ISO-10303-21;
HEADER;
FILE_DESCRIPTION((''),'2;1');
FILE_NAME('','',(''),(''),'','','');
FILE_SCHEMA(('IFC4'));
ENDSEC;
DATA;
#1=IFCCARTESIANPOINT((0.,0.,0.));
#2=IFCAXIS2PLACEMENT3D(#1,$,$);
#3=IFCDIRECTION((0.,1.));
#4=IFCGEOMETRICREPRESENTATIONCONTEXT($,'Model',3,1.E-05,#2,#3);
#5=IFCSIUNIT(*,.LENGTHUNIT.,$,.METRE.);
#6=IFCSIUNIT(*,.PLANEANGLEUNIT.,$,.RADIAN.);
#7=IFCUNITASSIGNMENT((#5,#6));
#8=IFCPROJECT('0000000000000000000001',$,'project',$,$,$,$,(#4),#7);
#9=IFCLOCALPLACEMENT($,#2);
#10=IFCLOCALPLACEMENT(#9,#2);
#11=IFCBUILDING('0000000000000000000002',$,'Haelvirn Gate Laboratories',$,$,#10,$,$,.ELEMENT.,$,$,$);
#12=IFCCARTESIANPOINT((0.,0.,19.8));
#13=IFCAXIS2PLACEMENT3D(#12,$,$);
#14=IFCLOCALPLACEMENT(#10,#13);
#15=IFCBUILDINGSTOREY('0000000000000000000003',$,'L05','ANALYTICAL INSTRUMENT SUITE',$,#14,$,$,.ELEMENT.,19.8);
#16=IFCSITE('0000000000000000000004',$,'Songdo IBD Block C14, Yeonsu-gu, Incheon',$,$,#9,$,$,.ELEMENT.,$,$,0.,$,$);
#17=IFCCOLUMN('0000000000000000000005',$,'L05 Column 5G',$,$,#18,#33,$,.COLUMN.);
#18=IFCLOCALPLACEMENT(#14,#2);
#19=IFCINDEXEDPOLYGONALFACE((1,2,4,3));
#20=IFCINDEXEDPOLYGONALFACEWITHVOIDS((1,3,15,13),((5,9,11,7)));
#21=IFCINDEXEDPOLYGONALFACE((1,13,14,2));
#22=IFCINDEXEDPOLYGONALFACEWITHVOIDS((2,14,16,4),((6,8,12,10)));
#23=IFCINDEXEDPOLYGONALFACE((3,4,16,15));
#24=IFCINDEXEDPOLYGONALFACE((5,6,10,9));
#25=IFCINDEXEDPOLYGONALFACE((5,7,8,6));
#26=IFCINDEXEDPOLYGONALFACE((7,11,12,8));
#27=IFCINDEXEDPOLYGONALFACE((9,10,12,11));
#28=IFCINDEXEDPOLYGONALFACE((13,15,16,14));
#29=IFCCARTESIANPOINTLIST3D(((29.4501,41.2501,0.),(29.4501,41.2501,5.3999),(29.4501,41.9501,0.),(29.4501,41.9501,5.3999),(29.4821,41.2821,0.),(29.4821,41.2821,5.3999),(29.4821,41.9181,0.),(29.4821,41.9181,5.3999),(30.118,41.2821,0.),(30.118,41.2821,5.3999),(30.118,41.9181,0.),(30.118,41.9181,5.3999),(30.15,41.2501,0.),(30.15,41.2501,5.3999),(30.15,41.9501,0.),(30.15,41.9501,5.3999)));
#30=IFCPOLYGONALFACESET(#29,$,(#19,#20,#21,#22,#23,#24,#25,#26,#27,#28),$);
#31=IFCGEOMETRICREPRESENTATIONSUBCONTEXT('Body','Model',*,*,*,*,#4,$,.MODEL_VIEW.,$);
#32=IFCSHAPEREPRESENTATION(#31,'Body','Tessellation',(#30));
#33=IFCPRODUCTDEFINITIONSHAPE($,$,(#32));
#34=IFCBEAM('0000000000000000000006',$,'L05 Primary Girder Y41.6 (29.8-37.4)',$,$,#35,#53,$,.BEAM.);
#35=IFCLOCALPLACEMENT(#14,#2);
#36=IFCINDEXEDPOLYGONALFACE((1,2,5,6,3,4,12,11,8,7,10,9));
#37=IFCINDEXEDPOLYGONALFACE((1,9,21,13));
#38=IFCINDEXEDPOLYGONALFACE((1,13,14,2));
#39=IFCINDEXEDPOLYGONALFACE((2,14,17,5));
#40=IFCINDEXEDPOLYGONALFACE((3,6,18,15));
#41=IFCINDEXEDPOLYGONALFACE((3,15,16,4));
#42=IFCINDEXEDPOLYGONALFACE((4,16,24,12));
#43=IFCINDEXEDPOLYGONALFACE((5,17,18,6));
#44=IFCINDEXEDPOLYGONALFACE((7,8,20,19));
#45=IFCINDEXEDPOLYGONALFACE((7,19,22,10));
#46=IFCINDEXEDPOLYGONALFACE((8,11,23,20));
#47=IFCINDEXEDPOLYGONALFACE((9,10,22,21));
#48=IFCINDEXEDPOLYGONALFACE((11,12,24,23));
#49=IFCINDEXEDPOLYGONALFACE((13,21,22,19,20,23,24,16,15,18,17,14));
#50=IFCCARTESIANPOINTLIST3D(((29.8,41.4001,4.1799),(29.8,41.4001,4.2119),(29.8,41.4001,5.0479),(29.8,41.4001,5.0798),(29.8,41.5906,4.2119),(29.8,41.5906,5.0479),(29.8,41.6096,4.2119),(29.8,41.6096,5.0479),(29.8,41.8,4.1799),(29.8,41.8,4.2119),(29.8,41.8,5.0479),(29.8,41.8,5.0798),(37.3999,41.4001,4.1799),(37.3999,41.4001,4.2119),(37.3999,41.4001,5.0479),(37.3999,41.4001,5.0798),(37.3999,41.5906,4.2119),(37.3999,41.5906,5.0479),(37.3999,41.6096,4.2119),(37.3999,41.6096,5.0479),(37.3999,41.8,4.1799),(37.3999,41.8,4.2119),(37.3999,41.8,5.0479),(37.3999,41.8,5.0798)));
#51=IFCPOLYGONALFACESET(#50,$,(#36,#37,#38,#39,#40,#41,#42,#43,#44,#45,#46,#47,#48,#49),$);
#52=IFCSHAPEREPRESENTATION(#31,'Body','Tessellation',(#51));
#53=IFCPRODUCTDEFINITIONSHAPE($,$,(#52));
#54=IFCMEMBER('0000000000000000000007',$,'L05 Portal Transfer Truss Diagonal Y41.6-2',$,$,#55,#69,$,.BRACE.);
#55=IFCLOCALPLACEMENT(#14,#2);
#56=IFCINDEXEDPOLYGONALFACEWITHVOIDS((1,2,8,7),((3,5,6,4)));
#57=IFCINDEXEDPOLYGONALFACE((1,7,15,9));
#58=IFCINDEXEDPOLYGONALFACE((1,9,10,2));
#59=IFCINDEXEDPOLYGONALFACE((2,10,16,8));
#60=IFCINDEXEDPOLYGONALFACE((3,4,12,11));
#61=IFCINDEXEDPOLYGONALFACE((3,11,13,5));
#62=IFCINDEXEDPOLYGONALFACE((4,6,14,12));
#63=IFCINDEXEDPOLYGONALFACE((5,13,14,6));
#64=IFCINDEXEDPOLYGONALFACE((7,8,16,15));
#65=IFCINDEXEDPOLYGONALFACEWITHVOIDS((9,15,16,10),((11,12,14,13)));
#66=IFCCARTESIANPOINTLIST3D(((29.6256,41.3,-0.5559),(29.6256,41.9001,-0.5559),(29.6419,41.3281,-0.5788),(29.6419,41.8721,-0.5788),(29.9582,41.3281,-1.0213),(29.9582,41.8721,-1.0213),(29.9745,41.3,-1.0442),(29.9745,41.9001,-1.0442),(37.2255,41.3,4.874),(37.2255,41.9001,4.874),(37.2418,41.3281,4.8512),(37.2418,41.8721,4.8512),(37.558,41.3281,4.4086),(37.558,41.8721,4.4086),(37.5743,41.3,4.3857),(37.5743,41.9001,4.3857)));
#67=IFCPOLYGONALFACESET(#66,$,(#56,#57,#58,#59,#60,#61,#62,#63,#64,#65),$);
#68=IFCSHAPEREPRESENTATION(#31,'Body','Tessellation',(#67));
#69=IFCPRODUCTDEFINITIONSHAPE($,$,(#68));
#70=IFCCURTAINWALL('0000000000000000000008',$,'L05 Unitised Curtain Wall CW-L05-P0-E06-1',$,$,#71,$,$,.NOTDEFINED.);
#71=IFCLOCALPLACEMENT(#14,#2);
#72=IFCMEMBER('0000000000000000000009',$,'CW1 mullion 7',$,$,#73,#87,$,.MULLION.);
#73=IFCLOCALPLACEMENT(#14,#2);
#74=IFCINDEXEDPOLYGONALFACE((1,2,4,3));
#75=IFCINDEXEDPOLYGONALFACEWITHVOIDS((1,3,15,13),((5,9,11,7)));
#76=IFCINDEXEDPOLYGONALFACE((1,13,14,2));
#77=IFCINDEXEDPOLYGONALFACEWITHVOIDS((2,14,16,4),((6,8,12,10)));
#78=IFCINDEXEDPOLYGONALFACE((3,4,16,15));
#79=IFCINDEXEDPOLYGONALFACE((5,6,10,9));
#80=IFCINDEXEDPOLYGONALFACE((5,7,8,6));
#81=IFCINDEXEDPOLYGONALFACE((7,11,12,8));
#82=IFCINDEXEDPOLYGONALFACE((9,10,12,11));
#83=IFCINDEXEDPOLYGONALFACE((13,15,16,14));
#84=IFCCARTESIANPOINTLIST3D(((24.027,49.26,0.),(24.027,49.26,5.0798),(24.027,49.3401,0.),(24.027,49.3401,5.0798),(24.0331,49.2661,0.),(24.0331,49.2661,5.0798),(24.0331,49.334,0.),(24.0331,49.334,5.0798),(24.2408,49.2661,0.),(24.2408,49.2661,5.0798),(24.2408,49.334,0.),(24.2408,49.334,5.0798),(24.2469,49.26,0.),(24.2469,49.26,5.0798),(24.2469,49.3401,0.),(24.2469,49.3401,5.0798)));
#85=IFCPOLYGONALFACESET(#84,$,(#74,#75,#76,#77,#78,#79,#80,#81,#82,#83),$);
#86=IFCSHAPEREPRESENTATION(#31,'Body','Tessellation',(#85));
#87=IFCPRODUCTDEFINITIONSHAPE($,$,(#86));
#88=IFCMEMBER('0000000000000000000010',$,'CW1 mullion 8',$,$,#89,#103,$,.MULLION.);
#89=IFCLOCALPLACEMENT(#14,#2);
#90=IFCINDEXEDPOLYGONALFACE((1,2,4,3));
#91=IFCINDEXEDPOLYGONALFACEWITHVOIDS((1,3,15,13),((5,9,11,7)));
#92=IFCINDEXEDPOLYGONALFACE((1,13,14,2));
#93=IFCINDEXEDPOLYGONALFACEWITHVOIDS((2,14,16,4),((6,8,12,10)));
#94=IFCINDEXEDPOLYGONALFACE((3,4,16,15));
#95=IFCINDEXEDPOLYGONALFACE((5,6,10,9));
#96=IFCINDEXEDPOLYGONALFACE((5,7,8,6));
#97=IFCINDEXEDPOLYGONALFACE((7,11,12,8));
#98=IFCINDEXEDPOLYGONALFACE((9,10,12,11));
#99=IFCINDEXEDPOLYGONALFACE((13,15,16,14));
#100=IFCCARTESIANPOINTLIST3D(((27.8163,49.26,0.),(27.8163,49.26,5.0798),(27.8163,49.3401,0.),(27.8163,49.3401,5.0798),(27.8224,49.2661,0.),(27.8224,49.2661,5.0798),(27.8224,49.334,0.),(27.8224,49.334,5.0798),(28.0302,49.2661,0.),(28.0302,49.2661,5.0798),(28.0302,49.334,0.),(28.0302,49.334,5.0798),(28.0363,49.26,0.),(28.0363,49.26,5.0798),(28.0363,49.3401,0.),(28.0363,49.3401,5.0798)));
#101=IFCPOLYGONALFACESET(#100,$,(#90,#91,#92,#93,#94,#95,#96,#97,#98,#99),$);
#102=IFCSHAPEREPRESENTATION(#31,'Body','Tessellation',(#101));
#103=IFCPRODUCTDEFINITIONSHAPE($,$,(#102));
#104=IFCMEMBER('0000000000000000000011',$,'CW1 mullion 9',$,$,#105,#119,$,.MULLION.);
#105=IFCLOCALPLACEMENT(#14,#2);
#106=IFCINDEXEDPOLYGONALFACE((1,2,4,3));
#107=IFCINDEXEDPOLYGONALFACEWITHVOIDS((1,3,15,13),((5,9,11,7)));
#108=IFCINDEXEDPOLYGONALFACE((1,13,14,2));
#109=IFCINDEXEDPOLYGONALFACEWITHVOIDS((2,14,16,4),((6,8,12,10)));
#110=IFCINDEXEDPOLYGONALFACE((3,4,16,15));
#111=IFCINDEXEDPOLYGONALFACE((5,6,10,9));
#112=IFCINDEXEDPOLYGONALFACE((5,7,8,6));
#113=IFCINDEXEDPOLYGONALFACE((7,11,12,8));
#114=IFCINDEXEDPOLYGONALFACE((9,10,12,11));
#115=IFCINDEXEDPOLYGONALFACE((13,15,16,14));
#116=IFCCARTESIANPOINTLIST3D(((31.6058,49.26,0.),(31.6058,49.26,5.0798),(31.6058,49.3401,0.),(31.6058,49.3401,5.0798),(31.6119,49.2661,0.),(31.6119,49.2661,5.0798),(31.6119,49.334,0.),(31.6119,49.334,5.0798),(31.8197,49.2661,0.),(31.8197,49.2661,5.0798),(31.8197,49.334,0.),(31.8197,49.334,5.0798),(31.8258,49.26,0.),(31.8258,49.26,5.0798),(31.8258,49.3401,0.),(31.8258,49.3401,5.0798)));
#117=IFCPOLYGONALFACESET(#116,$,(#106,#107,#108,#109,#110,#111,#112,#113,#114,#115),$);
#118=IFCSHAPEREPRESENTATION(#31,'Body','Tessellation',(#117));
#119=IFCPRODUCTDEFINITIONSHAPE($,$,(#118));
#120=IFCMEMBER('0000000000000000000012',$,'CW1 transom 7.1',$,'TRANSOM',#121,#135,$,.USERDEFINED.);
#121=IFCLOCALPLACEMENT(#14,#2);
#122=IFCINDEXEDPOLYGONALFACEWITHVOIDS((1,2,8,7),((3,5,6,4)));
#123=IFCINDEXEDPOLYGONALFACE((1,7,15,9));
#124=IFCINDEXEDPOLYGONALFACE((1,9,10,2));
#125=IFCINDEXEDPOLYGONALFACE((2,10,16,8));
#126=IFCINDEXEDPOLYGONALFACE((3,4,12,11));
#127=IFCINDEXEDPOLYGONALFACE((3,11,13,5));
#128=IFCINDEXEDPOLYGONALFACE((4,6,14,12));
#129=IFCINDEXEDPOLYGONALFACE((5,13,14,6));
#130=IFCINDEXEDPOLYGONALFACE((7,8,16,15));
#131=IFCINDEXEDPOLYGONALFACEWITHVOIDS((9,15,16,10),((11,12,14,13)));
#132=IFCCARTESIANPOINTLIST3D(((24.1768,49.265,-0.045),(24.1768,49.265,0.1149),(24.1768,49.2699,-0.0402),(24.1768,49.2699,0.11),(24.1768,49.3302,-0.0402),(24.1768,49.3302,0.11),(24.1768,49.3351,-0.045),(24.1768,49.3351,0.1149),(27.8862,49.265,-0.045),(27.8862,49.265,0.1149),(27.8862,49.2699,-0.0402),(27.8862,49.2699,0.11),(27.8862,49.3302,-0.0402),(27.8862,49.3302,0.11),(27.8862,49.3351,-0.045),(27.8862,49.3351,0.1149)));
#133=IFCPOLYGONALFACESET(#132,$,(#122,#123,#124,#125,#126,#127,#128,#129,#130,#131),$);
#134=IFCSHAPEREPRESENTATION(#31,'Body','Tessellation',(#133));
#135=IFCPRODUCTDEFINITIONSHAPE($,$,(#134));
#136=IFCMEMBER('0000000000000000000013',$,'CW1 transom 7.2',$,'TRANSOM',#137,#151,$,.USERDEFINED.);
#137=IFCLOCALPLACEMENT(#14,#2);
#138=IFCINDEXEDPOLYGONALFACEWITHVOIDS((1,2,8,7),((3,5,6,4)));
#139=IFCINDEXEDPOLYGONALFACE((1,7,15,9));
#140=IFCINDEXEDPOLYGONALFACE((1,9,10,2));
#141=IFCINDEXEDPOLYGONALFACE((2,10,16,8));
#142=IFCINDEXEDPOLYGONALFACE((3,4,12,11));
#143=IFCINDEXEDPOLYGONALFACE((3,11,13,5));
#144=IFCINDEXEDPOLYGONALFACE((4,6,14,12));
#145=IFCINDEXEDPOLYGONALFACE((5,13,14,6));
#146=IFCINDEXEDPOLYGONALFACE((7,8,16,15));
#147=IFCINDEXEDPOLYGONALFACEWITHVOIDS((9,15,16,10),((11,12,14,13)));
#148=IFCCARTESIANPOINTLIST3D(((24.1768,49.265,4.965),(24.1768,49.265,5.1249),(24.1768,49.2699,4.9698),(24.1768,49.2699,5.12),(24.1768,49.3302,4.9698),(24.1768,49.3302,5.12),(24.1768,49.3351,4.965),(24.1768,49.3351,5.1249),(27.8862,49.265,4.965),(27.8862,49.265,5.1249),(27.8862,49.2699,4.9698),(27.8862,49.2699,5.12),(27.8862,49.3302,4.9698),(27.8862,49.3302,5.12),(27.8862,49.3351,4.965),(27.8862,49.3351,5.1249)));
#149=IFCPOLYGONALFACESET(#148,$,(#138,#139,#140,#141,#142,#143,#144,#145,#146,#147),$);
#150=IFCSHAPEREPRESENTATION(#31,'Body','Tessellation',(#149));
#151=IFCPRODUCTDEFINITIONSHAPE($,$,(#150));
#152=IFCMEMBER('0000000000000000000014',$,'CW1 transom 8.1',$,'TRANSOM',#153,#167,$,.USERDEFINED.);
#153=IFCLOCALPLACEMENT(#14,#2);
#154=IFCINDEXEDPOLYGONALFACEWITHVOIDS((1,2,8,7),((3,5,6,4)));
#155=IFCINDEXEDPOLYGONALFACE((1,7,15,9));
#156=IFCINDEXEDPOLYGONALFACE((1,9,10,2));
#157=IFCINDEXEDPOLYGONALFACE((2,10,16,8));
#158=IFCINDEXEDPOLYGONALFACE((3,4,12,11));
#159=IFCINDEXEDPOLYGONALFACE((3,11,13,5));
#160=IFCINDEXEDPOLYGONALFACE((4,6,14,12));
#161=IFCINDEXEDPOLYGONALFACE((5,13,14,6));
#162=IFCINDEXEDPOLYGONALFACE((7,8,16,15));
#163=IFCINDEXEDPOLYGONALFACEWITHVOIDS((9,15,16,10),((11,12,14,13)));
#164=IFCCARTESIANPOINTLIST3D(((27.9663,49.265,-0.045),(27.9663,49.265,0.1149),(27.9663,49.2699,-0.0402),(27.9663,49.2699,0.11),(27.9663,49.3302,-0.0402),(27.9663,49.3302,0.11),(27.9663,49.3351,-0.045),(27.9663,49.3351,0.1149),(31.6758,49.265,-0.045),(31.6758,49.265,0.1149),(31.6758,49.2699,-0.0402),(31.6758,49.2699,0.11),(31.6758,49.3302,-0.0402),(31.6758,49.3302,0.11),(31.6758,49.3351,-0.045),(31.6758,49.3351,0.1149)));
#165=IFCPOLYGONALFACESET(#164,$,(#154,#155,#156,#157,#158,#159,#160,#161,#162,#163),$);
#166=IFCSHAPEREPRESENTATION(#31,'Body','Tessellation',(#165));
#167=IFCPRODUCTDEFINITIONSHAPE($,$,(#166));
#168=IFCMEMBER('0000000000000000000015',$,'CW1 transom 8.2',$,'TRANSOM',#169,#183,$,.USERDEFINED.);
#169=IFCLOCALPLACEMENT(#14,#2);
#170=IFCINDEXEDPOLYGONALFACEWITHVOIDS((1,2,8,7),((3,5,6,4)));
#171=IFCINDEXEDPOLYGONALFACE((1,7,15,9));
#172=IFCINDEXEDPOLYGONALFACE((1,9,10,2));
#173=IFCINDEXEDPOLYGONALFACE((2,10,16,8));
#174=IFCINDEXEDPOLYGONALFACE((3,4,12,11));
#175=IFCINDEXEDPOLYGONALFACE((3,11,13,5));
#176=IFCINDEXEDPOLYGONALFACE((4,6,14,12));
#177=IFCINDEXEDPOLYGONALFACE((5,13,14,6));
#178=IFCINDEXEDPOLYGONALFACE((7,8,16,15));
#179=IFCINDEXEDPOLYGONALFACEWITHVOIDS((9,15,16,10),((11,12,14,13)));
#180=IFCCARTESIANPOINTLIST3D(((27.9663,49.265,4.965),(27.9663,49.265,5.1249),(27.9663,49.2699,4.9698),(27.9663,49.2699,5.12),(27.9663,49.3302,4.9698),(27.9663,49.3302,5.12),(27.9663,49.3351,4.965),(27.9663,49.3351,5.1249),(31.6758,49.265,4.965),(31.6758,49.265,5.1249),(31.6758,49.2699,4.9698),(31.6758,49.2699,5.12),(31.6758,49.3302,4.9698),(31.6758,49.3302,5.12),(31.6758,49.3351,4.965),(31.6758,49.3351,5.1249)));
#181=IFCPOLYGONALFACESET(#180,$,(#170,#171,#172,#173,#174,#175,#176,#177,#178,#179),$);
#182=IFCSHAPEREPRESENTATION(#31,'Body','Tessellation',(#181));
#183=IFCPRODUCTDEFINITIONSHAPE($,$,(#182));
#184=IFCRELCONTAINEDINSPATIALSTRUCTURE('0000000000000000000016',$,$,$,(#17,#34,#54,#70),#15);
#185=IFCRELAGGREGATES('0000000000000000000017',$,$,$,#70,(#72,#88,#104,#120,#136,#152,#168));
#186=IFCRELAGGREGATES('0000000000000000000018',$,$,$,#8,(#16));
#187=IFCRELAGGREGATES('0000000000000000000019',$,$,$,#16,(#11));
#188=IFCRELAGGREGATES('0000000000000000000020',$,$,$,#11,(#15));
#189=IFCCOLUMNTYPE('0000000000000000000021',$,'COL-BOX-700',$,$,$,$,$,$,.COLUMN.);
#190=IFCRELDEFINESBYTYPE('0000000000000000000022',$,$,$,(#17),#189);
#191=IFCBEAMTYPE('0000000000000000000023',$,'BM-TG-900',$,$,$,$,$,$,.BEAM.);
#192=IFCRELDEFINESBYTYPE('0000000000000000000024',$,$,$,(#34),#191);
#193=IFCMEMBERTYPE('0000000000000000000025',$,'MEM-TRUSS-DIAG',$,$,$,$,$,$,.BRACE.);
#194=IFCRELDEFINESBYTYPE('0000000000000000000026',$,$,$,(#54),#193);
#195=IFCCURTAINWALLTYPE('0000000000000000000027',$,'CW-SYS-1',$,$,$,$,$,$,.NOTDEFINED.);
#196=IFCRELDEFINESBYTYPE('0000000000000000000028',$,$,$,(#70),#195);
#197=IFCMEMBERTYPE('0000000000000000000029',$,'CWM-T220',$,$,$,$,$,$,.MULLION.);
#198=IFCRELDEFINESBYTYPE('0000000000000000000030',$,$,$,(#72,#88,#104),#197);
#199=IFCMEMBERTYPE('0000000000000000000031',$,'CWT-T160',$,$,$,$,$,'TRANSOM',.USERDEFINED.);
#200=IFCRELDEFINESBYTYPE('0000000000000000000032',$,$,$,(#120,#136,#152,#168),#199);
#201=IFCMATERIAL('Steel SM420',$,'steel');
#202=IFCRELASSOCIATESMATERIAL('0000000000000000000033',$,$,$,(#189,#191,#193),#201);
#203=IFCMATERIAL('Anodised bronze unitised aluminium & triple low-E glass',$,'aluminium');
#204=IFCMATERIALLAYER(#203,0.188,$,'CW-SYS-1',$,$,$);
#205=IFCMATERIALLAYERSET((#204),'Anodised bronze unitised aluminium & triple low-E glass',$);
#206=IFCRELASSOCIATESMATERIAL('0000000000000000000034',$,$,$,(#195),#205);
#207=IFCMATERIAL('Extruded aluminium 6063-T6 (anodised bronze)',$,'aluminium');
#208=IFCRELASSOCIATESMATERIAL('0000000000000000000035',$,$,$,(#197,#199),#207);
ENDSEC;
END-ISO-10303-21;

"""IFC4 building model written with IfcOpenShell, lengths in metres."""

from ifc_helpers import new_model, si_unit, direction, frame, origin, origin_2d, place, context, subcontext, project, spatial, hollow_rectangle, i_section, extrude, source, transform, mapped, material, layer, layer_set, material_profile, profile_set, type_object, type_shapes, element, aggregate, save


model = new_model("IFC4")

# Units and contexts
model_context = context("Model", 3, precision=1e-05, world=origin(), true_north=direction((0.0, 1.0)))
body_context = subcontext(model_context, "Body", "Model", "MODEL_VIEW")
ifc_project = project(units=[si_unit("LENGTHUNIT", "METRE"), si_unit("PLANEANGLEUNIT", "RADIAN")], contexts=[model_context])

# Site, building, storey
site_placement = place(None, origin())
site = spatial("IfcSite", under=ifc_project, at=site_placement, Name="Songdo IBD Block C14, Yeonsu-gu, Incheon", CompositionType="ELEMENT", RefElevation=0.0)
building_placement = place(site_placement, origin())
building = spatial("IfcBuilding", under=site, at=building_placement, Name="Haelvirn Gate Laboratories", CompositionType="ELEMENT")
storey_placement = place(building_placement, frame((0.0, 0.0, 19.8)))
storey = spatial("IfcBuildingStorey", under=building, at=storey_placement, Name="L05", Description="ANALYTICAL INSTRUMENT SUITE", CompositionType="ELEMENT", Elevation=19.8)

# Column
ifc_material_1 = material(Name="Steel SM420", Category="steel")
ifc_material_profile_1 = material_profile(ifc_material_1, hollow_rectangle(XDim=0.7, YDim=0.7, WallThickness=0.032, at=origin_2d()), Name="BOX-700x700x32")
ifc_profile_set_1 = profile_set([ifc_material_profile_1], Name="Steel SM420")
column_type = type_object("IfcColumnType", Name="COL-BOX-700", PredefinedType="COLUMN", material=ifc_profile_set_1)
shared_shape_1 = source(origin(), body_context, "Body", "SweptSolid", [
    extrude(hollow_rectangle(XDim=0.7, YDim=0.7, WallThickness=0.032, at=origin_2d()), origin(), (0.0, 0.0, 1.0), 5.3999),
])
type_shapes(column_type, [shared_shape_1])
column_placement = place(storey_placement, frame((29.8, 41.6001, 0.0), z_axis=(0.0, 0.0, 1.0), x_axis=(1.0, 0.0, 0.0)))
element("IfcColumn", 1, at=column_placement, inside=storey, type_object=column_type, Name="L05 Column 5G", PredefinedType="COLUMN", context=body_context, shape_type="MappedRepresentation", body=[
    mapped(shared_shape_1, transform((0.0, 0.0, 0.0), scale=1.0)),
])

# Beam
ifc_material_profile_2 = material_profile(ifc_material_1, i_section(OverallWidth=0.3999, OverallDepth=0.8999, WebThickness=0.019, FlangeThickness=0.032, at=origin_2d()), Name="H-900x400x19x32")
ifc_profile_set_2 = profile_set([ifc_material_profile_2], Name="Steel SM420")
beam_type = type_object("IfcBeamType", Name="BM-TG-900", PredefinedType="BEAM", material=ifc_profile_set_2)
shared_shape_2 = source(origin(), body_context, "Body", "SweptSolid", [
    extrude(i_section(OverallWidth=0.3999, OverallDepth=0.8999, WebThickness=0.019, FlangeThickness=0.032, at=origin_2d()), origin(), (0.0, 0.0, 1.0), 7.5999),
])
type_shapes(beam_type, [shared_shape_2])
beam_placement = place(storey_placement, frame((29.8, 41.6001, 4.6299), z_axis=(1.0, 0.0, 0.0), x_axis=(0.0, 1.0, 0.0)))
element("IfcBeam", 2, at=beam_placement, inside=storey, type_object=beam_type, Name="L05 Primary Girder Y41.6 (29.8-37.4)", PredefinedType="BEAM", context=body_context, shape_type="MappedRepresentation", body=[
    mapped(shared_shape_2, transform((0.0, 0.0, 0.0), scale=1.0)),
])

# Member
ifc_material_profile_3 = material_profile(ifc_material_1, hollow_rectangle(XDim=0.6001, YDim=0.6001, WallThickness=0.0281, at=origin_2d()), Name="BOX-600x600x28")
ifc_profile_set_3 = profile_set([ifc_material_profile_3], Name="Steel SM420")
member_type_1 = type_object("IfcMemberType", Name="MEM-TRUSS-DIAG", PredefinedType="BRACE", material=ifc_profile_set_3)
shared_shape_3 = source(origin(), body_context, "Body", "SweptSolid", [
    extrude(hollow_rectangle(XDim=0.6001, YDim=0.6001, WallThickness=0.0281, at=origin_2d()), origin(), (0.0, 0.0, 1.0), 9.3403),
])
type_shapes(member_type_1, [shared_shape_3])
member_1_placement = place(storey_placement, frame((29.8, 41.6001, -0.8), z_axis=(0.813659, 0.0, 0.581342), x_axis=(0.0, 1.0, 0.0)))
element("IfcMember", 3, at=member_1_placement, inside=storey, type_object=member_type_1, Name="L05 Portal Transfer Truss Diagonal Y41.6-2", PredefinedType="BRACE", context=body_context, shape_type="MappedRepresentation", body=[
    mapped(shared_shape_3, transform((0.0, 0.0, 0.0), scale=1.0)),
])

# Curtain wall, members
ifc_material_2 = material(Name="Anodised bronze unitised aluminium & triple low-E glass", Category="aluminium")
ifc_layer_1 = layer(ifc_material_2, 0.188, Name="CW-SYS-1")
ifc_layer_set_1 = layer_set([ifc_layer_1], Name="Anodised bronze unitised aluminium & triple low-E glass")
curtain_wall_type = type_object("IfcCurtainWallType", Name="CW-SYS-1", PredefinedType="NOTDEFINED", material=ifc_layer_set_1)
curtain_wall_placement = place(storey_placement, origin())
curtain_wall = element("IfcCurtainWall", 4, at=curtain_wall_placement, inside=storey, type_object=curtain_wall_type, Name="L05 Unitised Curtain Wall CW-L05-P0-E06-1", PredefinedType="NOTDEFINED")
ifc_material_3 = material(Name="Extruded aluminium 6063-T6 (anodised bronze)", Category="aluminium")
ifc_material_profile_4 = material_profile(ifc_material_3, hollow_rectangle(XDim=0.0801, YDim=0.22, WallThickness=0.0061, at=origin_2d()), Name="CWM-220x80x6")
ifc_profile_set_4 = profile_set([ifc_material_profile_4], Name="Extruded aluminium 6063-T6 (anodised bronze)")
member_type_2 = type_object("IfcMemberType", Name="CWM-T220", PredefinedType="MULLION", material=ifc_profile_set_4)
shared_shape_4 = source(origin(), body_context, "Body", "SweptSolid", [
    extrude(hollow_rectangle(XDim=0.0801, YDim=0.22, WallThickness=0.0061, at=origin_2d()), origin(), (0.0, 0.0, 1.0), 5.0798),
])
type_shapes(member_type_2, [shared_shape_4])
member_2_placement = place(storey_placement, frame((24.137, 49.3, 0.0), z_axis=(0.0, 0.0, 1.0), x_axis=(0.0, 1.0, 0.0)))
member_2 = element("IfcMember", 5, at=member_2_placement, type_object=member_type_2, Name="CW1 mullion 7", PredefinedType="MULLION", context=body_context, shape_type="MappedRepresentation", body=[
    mapped(shared_shape_4, transform((0.0, 0.0, 0.0), scale=1.0)),
])
member_3_placement = place(storey_placement, frame((27.9263, 49.3, 0.0), z_axis=(0.0, 0.0, 1.0), x_axis=(0.0, 1.0, 0.0)))
member_3 = element("IfcMember", 6, at=member_3_placement, type_object=member_type_2, Name="CW1 mullion 8", PredefinedType="MULLION", context=body_context, shape_type="MappedRepresentation", body=[
    mapped(shared_shape_4, transform((0.0, 0.0, 0.0), scale=1.0)),
])
member_4_placement = place(storey_placement, frame((31.7158, 49.3, 0.0), z_axis=(0.0, 0.0, 1.0), x_axis=(0.0, 1.0, 0.0)))
member_4 = element("IfcMember", 7, at=member_4_placement, type_object=member_type_2, Name="CW1 mullion 9", PredefinedType="MULLION", context=body_context, shape_type="MappedRepresentation", body=[
    mapped(shared_shape_4, transform((0.0, 0.0, 0.0), scale=1.0)),
])
ifc_material_profile_5 = material_profile(ifc_material_3, hollow_rectangle(XDim=0.0701, YDim=0.1599, WallThickness=0.0049, at=origin_2d()), Name="CWT-160x70x5")
ifc_profile_set_5 = profile_set([ifc_material_profile_5], Name="Extruded aluminium 6063-T6 (anodised bronze)")
member_type_3 = type_object("IfcMemberType", Name="CWT-T160", ElementType="TRANSOM", PredefinedType="USERDEFINED", material=ifc_profile_set_5)
shared_shape_5 = source(origin(), body_context, "Body", "SweptSolid", [
    extrude(hollow_rectangle(XDim=0.0701, YDim=0.1599, WallThickness=0.0049, at=origin_2d()), origin(), (0.0, 0.0, 1.0), 3.7095),
])
type_shapes(member_type_3, [shared_shape_5])
member_5_placement = place(storey_placement, frame((24.1768, 49.3, 0.0349), z_axis=(1.0, 0.0, 0.0), x_axis=(0.0, 1.0, 0.0)))
member_5 = element("IfcMember", 8, at=member_5_placement, type_object=member_type_3, Name="CW1 transom 7.1", ObjectType="TRANSOM", PredefinedType="USERDEFINED", context=body_context, shape_type="MappedRepresentation", body=[
    mapped(shared_shape_5, transform((0.0, 0.0, 0.0), scale=1.0)),
])
member_6_placement = place(storey_placement, frame((24.1768, 49.3, 5.0449), z_axis=(1.0, 0.0, 0.0), x_axis=(0.0, 1.0, 0.0)))
member_6 = element("IfcMember", 9, at=member_6_placement, type_object=member_type_3, Name="CW1 transom 7.2", ObjectType="TRANSOM", PredefinedType="USERDEFINED", context=body_context, shape_type="MappedRepresentation", body=[
    mapped(shared_shape_5, transform((0.0, 0.0, 0.0), scale=1.0)),
])
member_7_placement = place(storey_placement, frame((27.9663, 49.3, 0.0349), z_axis=(1.0, 0.0, 0.0), x_axis=(0.0, 1.0, 0.0)))
member_7 = element("IfcMember", 10, at=member_7_placement, type_object=member_type_3, Name="CW1 transom 8.1", ObjectType="TRANSOM", PredefinedType="USERDEFINED", context=body_context, shape_type="MappedRepresentation", body=[
    mapped(shared_shape_5, transform((0.0, 0.0, 0.0), scale=1.0)),
])
member_8_placement = place(storey_placement, frame((27.9663, 49.3, 5.0449), z_axis=(1.0, 0.0, 0.0), x_axis=(0.0, 1.0, 0.0)))
member_8 = element("IfcMember", 11, at=member_8_placement, type_object=member_type_3, Name="CW1 transom 8.2", ObjectType="TRANSOM", PredefinedType="USERDEFINED", context=body_context, shape_type="MappedRepresentation", body=[
    mapped(shared_shape_5, transform((0.0, 0.0, 0.0), scale=1.0)),
])

aggregate(curtain_wall, [member_2, member_3, member_4, member_5, member_6, member_7, member_8])

save(model, "model.ifc")
